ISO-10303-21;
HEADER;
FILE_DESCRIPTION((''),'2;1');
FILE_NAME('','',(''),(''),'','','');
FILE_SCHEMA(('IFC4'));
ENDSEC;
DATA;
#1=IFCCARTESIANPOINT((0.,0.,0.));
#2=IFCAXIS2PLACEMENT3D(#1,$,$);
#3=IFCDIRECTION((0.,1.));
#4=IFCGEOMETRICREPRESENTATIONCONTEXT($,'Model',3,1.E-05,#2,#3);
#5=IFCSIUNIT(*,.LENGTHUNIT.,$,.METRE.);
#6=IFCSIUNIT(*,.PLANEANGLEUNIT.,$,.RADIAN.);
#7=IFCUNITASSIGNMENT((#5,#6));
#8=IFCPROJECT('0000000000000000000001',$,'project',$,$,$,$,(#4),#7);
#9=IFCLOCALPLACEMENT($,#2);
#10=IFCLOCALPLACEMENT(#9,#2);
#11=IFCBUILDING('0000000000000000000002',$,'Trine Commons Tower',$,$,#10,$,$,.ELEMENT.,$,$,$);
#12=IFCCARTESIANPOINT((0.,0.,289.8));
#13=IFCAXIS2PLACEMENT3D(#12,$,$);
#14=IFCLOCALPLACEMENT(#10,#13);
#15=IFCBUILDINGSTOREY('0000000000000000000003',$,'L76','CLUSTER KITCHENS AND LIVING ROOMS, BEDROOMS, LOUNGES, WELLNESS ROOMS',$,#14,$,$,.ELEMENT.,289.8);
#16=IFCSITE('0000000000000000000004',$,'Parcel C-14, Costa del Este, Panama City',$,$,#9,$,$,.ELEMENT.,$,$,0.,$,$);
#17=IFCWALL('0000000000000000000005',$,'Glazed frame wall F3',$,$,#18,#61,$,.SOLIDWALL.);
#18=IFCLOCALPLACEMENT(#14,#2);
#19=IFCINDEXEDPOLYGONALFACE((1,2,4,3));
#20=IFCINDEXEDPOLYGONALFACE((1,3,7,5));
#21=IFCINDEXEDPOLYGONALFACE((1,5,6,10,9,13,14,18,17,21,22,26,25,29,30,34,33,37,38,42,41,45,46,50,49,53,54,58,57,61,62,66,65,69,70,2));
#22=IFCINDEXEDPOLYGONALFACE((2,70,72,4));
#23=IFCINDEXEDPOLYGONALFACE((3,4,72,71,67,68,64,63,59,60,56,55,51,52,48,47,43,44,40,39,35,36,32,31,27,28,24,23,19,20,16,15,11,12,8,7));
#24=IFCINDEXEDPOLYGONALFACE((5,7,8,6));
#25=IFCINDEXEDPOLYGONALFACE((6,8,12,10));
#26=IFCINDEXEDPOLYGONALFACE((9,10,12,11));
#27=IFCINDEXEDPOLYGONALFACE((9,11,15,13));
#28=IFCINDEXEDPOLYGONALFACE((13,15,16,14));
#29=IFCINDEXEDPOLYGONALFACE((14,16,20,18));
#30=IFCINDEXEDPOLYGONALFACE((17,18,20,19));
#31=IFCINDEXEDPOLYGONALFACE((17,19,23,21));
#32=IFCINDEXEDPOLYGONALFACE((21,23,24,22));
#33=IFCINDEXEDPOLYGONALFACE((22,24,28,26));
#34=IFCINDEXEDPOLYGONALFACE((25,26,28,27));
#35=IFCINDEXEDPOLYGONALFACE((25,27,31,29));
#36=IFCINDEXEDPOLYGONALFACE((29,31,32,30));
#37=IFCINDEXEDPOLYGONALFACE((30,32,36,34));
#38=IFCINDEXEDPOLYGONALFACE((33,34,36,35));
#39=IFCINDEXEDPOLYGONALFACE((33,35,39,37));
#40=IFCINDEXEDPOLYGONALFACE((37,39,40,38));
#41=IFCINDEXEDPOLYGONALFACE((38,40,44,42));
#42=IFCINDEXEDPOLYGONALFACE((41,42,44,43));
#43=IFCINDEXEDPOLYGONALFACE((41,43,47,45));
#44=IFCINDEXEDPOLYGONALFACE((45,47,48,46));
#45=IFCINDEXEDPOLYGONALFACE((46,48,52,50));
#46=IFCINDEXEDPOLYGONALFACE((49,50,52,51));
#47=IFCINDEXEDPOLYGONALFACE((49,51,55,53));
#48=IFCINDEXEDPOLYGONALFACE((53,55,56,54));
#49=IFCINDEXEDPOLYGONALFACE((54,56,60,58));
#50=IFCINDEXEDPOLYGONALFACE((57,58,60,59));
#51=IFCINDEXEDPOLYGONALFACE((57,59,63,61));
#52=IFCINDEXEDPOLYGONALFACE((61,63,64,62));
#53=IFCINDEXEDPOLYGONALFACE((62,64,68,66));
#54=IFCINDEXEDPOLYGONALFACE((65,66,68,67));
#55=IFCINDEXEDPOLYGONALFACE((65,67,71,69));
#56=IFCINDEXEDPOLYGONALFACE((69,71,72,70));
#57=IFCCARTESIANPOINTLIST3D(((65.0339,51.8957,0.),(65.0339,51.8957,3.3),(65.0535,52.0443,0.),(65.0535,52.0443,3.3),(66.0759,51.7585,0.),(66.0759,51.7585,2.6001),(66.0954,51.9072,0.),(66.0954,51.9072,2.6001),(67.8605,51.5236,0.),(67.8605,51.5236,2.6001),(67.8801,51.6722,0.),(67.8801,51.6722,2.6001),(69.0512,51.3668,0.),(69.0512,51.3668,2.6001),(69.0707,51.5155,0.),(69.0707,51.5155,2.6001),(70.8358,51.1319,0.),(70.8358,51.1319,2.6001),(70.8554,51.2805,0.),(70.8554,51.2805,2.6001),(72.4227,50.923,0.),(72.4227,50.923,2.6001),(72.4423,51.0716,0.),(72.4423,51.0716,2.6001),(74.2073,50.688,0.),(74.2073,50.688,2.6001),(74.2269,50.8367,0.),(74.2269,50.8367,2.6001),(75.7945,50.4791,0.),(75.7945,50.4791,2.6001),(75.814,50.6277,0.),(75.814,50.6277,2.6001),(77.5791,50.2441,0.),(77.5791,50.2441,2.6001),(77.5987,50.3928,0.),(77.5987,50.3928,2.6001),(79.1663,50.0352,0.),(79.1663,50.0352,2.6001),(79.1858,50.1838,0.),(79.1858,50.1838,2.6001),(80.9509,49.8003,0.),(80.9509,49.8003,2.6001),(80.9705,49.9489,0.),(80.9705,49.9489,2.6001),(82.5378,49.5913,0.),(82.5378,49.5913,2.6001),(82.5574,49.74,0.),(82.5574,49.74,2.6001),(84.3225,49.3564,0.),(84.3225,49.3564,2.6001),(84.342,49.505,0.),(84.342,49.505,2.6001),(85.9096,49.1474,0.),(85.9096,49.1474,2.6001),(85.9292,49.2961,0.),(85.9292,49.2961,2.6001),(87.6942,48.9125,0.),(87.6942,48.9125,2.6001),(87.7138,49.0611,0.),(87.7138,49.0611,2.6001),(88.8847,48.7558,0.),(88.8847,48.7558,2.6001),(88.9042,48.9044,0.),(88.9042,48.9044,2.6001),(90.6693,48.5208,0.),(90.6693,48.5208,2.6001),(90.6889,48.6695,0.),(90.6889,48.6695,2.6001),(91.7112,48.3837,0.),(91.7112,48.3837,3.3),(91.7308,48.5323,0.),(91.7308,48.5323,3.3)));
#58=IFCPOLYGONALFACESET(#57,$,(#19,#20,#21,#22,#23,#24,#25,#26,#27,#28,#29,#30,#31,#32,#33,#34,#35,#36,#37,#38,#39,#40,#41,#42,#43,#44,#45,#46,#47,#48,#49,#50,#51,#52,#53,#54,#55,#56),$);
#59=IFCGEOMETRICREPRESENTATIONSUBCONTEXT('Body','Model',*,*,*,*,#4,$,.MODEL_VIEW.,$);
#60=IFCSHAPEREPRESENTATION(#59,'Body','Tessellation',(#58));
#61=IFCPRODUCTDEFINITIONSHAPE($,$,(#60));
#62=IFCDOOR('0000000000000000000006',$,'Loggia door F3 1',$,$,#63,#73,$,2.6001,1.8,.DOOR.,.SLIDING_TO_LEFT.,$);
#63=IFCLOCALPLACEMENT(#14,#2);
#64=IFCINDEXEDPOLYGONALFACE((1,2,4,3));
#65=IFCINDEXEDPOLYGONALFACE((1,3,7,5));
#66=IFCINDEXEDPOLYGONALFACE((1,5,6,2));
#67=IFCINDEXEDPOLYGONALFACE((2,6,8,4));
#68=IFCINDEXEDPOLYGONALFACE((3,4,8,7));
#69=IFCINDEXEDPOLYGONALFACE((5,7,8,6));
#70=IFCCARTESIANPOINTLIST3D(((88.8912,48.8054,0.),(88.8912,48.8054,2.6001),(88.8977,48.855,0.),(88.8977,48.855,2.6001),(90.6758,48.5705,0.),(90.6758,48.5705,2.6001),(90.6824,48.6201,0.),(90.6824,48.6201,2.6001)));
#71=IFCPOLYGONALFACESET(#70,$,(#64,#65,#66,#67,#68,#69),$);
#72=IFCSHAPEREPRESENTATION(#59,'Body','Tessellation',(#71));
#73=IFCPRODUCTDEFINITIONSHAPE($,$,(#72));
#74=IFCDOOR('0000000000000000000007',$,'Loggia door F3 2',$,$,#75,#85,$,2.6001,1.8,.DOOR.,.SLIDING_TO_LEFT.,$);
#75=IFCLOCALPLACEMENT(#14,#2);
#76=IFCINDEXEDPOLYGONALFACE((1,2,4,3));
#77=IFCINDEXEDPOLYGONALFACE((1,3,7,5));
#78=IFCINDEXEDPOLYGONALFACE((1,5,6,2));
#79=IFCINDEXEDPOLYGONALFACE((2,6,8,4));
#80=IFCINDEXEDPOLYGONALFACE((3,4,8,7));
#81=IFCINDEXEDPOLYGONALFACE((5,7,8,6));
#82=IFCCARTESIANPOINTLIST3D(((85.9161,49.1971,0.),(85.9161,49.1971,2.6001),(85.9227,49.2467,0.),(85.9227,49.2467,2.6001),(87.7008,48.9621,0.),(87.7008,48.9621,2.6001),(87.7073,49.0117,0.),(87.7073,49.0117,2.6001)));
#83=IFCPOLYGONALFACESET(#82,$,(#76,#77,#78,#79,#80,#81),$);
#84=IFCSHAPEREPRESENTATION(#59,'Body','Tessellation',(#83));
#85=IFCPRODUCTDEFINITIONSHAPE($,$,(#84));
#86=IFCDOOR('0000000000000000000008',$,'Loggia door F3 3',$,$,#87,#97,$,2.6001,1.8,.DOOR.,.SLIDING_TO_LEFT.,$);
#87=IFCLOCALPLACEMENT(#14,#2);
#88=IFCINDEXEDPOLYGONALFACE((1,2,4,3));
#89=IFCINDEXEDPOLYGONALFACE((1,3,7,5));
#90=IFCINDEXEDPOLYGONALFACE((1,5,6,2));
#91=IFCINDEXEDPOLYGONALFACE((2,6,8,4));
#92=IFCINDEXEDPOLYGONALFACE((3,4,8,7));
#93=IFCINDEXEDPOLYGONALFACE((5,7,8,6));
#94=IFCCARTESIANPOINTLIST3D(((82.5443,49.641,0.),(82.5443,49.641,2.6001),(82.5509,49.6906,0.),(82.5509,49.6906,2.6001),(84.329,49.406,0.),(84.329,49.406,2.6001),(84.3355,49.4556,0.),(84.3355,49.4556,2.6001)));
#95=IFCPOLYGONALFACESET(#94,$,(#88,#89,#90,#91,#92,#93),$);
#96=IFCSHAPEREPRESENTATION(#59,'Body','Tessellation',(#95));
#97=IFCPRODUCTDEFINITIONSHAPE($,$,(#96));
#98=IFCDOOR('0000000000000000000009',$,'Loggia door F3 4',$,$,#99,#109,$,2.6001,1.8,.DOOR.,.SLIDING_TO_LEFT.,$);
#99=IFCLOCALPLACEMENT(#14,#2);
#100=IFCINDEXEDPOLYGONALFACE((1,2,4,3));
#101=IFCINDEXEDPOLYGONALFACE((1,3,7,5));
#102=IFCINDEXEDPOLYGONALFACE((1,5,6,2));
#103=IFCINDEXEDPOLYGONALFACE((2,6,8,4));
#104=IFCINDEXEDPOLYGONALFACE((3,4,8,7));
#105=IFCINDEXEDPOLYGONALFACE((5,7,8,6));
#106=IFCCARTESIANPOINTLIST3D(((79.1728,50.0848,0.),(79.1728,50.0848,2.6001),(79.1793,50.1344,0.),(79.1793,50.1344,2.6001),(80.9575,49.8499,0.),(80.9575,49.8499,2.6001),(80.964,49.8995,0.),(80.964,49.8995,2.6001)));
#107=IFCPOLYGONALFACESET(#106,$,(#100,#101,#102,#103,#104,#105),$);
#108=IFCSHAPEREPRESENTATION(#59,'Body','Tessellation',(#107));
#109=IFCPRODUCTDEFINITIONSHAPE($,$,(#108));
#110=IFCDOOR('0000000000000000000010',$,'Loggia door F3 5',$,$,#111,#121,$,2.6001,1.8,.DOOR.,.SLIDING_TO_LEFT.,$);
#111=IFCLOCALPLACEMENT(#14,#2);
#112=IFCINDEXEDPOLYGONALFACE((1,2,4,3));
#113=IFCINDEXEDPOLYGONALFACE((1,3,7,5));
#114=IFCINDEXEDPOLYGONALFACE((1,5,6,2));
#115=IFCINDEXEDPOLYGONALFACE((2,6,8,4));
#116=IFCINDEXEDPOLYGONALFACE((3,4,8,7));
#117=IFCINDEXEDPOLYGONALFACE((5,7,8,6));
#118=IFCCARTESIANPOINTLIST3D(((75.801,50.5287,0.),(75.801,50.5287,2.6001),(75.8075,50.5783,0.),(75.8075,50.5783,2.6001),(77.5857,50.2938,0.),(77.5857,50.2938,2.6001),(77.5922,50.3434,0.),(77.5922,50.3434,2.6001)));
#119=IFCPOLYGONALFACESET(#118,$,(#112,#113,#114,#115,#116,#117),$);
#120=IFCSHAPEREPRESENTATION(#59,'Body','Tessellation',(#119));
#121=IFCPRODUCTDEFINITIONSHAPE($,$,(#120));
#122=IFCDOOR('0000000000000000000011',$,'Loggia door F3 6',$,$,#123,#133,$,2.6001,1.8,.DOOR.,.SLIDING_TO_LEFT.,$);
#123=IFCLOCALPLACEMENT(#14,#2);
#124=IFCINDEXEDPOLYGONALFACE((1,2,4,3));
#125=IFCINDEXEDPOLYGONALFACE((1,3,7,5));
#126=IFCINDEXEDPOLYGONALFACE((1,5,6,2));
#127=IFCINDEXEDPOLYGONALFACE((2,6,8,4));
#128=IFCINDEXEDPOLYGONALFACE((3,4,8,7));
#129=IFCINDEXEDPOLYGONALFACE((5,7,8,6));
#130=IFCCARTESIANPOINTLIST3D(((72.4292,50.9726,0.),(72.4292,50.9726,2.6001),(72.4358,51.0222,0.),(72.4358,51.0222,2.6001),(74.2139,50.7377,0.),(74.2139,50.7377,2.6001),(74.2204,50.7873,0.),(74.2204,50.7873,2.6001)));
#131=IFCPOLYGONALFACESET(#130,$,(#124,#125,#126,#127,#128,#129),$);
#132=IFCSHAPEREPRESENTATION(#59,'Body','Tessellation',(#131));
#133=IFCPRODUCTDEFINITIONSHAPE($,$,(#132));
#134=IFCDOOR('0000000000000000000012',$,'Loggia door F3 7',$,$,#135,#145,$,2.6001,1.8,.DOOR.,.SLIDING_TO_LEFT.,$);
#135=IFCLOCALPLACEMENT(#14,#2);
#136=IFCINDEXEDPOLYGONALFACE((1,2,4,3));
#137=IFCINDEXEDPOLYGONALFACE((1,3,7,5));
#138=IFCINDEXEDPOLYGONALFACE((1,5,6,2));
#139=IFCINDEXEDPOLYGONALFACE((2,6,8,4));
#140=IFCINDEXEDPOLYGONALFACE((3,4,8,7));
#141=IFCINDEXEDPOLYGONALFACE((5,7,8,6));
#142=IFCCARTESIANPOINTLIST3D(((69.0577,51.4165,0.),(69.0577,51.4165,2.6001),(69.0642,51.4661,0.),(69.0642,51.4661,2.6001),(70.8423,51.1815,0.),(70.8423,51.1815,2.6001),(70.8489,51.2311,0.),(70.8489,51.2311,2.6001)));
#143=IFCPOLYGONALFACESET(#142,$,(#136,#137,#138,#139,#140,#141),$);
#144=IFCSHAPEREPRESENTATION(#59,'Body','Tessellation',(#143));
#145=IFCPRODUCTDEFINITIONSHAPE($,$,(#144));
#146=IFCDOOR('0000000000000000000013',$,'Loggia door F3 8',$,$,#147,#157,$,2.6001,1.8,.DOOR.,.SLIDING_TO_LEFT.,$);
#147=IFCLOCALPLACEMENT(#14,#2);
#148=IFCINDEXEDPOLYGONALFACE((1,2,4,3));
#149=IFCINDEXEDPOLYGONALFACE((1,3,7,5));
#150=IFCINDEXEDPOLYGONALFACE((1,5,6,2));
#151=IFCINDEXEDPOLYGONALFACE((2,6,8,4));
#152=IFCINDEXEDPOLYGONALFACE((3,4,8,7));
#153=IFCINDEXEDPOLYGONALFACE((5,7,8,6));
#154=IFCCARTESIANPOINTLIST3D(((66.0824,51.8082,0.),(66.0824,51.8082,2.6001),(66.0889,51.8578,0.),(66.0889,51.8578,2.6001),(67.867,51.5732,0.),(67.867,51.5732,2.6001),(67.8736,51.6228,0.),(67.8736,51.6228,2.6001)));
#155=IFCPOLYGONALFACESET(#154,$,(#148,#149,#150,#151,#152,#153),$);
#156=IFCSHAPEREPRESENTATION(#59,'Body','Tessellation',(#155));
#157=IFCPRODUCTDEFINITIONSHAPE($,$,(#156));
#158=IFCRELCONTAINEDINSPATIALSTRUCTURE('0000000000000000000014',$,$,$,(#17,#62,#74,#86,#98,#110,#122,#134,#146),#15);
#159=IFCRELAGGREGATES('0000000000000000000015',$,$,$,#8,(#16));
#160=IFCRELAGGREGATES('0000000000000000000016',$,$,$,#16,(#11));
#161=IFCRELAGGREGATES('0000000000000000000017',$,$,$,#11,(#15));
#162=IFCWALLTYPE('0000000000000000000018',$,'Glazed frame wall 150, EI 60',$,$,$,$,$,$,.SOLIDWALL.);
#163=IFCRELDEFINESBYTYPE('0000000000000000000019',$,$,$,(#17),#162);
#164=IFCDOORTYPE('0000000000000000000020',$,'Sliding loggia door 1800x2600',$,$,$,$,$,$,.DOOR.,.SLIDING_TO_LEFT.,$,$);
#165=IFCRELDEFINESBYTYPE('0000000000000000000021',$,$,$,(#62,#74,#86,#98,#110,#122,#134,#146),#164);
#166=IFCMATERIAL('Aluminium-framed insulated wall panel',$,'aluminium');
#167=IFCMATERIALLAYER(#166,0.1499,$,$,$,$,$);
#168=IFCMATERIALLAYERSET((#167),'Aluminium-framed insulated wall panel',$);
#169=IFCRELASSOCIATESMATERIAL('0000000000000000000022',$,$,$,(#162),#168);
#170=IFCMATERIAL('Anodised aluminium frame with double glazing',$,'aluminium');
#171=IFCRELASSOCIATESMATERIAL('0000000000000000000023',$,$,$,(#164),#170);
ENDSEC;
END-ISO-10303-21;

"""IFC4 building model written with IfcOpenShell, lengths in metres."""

from ifc_helpers import new_model, si_unit, direction, frame, frame_2d, origin, place, context, subcontext, project, spatial, polyline, rectangle, outline, extrude, material, layer, layer_set, type_object, element, fill, save


model = new_model("IFC4")

# Units and contexts
model_context = context("Model", 3, precision=1e-05, world=origin(), true_north=direction((0.0, 1.0)))
body_context = subcontext(model_context, "Body", "Model", "MODEL_VIEW")
ifc_project = project(units=[si_unit("LENGTHUNIT", "METRE"), si_unit("PLANEANGLEUNIT", "RADIAN")], contexts=[model_context])

# Site, building, storey
site_placement = place(None, origin())
site = spatial("IfcSite", under=ifc_project, at=site_placement, Name="Parcel C-14, Costa del Este, Panama City", CompositionType="ELEMENT", RefElevation=0.0)
building_placement = place(site_placement, origin())
building = spatial("IfcBuilding", under=site, at=building_placement, Name="Trine Commons Tower", CompositionType="ELEMENT")
storey_placement = place(building_placement, frame((0.0, 0.0, 289.8)))
storey = spatial("IfcBuildingStorey", under=building, at=storey_placement, Name="L76", Description="CLUSTER KITCHENS AND LIVING ROOMS, BEDROOMS, LOUNGES, WELLNESS ROOMS", CompositionType="ELEMENT", Elevation=289.8)

# Shared definitions
ifc_material_1 = material(Name="Aluminium-framed insulated wall panel", Category="aluminium")
ifc_layer_1 = layer(ifc_material_1, 0.1499)
ifc_layer_set_1 = layer_set([ifc_layer_1], Name="Aluminium-framed insulated wall panel")
wall_type_1 = type_object("IfcWallType", Name="Glazed frame wall 150, EI 60", PredefinedType="SOLIDWALL", material=ifc_layer_set_1)

# Shared definitions
ifc_material_2 = material(Name="Anodised aluminium frame with double glazing", Category="aluminium")
door_type = type_object("IfcDoorType", Name="Sliding loggia door 1800x2600", OperationType="SLIDING_TO_LEFT", PredefinedType="DOOR", material=ifc_material_2)

# Wall, openings, doors
wall_1_placement = place(storey_placement, frame((91.8691, 48.4385, 0.0), z_axis=(0.0, 0.0, 1.0), x_axis=(-0.991445, 0.130523, 0.0)))
wall_1 = element("IfcWall", 1, at=wall_1_placement, inside=storey, type_object=wall_type_1, Name="Glazed frame wall F3", PredefinedType="SOLIDWALL", context=body_context, shape_type="SweptSolid", body=[
    extrude(outline(polyline([(0.1494, 0.075), (0.1494, -0.075), (27.0569, -0.075), (27.0569, 0.075), (0.1494, 0.075)])), origin(), (0.0, 0.0, 1.0), 3.3),
])
opening_1_placement = place(wall_1_placement, frame((1.2004, 0.0, 0.0)))
opening_1 = element("IfcOpeningElement", 2, at=opening_1_placement, cuts=wall_1, PredefinedType="OPENING", context=body_context, shape_type="SweptSolid", body=[
    extrude(rectangle(XDim=1.8, YDim=2.6001, at=frame_2d((0.8999, 1.3))), frame((0.0, 0.085, 0.0), z_axis=(0.0, -1.0, 0.0), x_axis=(1.0, 0.0, 0.0)), (0.0, 0.0, 1.0), 0.1699),
])
opening_2_placement = place(wall_1_placement, frame((4.2012, 0.0, 0.0)))
opening_2 = element("IfcOpeningElement", 3, at=opening_2_placement, cuts=wall_1, PredefinedType="OPENING", context=body_context, shape_type="SweptSolid", body=[
    extrude(rectangle(XDim=1.8, YDim=2.6001, at=frame_2d((0.8999, 1.3))), frame((0.0, 0.085, 0.0), z_axis=(0.0, -1.0, 0.0), x_axis=(1.0, 0.0, 0.0)), (0.0, 0.0, 1.0), 0.1699),
])
opening_3_placement = place(wall_1_placement, frame((7.6021, 0.0, 0.0)))
opening_3 = element("IfcOpeningElement", 4, at=opening_3_placement, cuts=wall_1, PredefinedType="OPENING", context=body_context, shape_type="SweptSolid", body=[
    extrude(rectangle(XDim=1.8, YDim=2.6001, at=frame_2d((0.8999, 1.3))), frame((0.0, 0.085, 0.0), z_axis=(0.0, -1.0, 0.0), x_axis=(1.0, 0.0, 0.0)), (0.0, 0.0, 1.0), 0.1699),
])
opening_4_placement = place(wall_1_placement, frame((11.0027, 0.0, 0.0)))
opening_4 = element("IfcOpeningElement", 5, at=opening_4_placement, cuts=wall_1, PredefinedType="OPENING", context=body_context, shape_type="SweptSolid", body=[
    extrude(rectangle(XDim=1.8, YDim=2.6001, at=frame_2d((0.8999, 1.3))), frame((0.0, 0.085, 0.0), z_axis=(0.0, -1.0, 0.0), x_axis=(1.0, 0.0, 0.0)), (0.0, 0.0, 1.0), 0.1699),
])
opening_5_placement = place(wall_1_placement, frame((14.4036, 0.0, 0.0)))
opening_5 = element("IfcOpeningElement", 6, at=opening_5_placement, cuts=wall_1, PredefinedType="OPENING", context=body_context, shape_type="SweptSolid", body=[
    extrude(rectangle(XDim=1.8, YDim=2.6001, at=frame_2d((0.8999, 1.3))), frame((0.0, 0.085, 0.0), z_axis=(0.0, -1.0, 0.0), x_axis=(1.0, 0.0, 0.0)), (0.0, 0.0, 1.0), 0.1699),
])
opening_6_placement = place(wall_1_placement, frame((17.8044, 0.0, 0.0)))
opening_6 = element("IfcOpeningElement", 7, at=opening_6_placement, cuts=wall_1, PredefinedType="OPENING", context=body_context, shape_type="SweptSolid", body=[
    extrude(rectangle(XDim=1.8, YDim=2.6001, at=frame_2d((0.8999, 1.3))), frame((0.0, 0.085, 0.0), z_axis=(0.0, -1.0, 0.0), x_axis=(1.0, 0.0, 0.0)), (0.0, 0.0, 1.0), 0.1699),
])
opening_7_placement = place(wall_1_placement, frame((21.2051, 0.0, 0.0)))
opening_7 = element("IfcOpeningElement", 8, at=opening_7_placement, cuts=wall_1, PredefinedType="OPENING", context=body_context, shape_type="SweptSolid", body=[
    extrude(rectangle(XDim=1.8, YDim=2.6001, at=frame_2d((0.8999, 1.3))), frame((0.0, 0.085, 0.0), z_axis=(0.0, -1.0, 0.0), x_axis=(1.0, 0.0, 0.0)), (0.0, 0.0, 1.0), 0.1699),
])
opening_8_placement = place(wall_1_placement, frame((24.2061, 0.0, 0.0)))
opening_8 = element("IfcOpeningElement", 9, at=opening_8_placement, cuts=wall_1, PredefinedType="OPENING", context=body_context, shape_type="SweptSolid", body=[
    extrude(rectangle(XDim=1.8, YDim=2.6001, at=frame_2d((0.8999, 1.3))), frame((0.0, 0.085, 0.0), z_axis=(0.0, -1.0, 0.0), x_axis=(1.0, 0.0, 0.0)), (0.0, 0.0, 1.0), 0.1699),
])
door_1_placement = place(opening_1_placement, origin())
door_1 = element("IfcDoor", 10, at=door_1_placement, inside=storey, type_object=door_type, Name="Loggia door F3 1", OperationType="SLIDING_TO_LEFT", OverallHeight=2.6001, OverallWidth=1.8, PredefinedType="DOOR", context=body_context, shape_type="SweptSolid", body=[
    extrude(rectangle(XDim=1.8, YDim=2.6001, at=frame_2d((0.8999, 1.3))), frame((0.0, 0.0249, 0.0), z_axis=(0.0, -1.0, 0.0), x_axis=(1.0, 0.0, 0.0)), (0.0, 0.0, 1.0), 0.05),
])
fill(opening_1, door_1)
door_2_placement = place(opening_2_placement, origin())
door_2 = element("IfcDoor", 11, at=door_2_placement, inside=storey, type_object=door_type, Name="Loggia door F3 2", OperationType="SLIDING_TO_LEFT", OverallHeight=2.6001, OverallWidth=1.8, PredefinedType="DOOR", context=body_context, shape_type="SweptSolid", body=[
    extrude(rectangle(XDim=1.8, YDim=2.6001, at=frame_2d((0.8999, 1.3))), frame((0.0, 0.0249, 0.0), z_axis=(0.0, -1.0, 0.0), x_axis=(1.0, 0.0, 0.0)), (0.0, 0.0, 1.0), 0.05),
])
fill(opening_2, door_2)
door_3_placement = place(opening_3_placement, origin())
door_3 = element("IfcDoor", 12, at=door_3_placement, inside=storey, type_object=door_type, Name="Loggia door F3 3", OperationType="SLIDING_TO_LEFT", OverallHeight=2.6001, OverallWidth=1.8, PredefinedType="DOOR", context=body_context, shape_type="SweptSolid", body=[
    extrude(rectangle(XDim=1.8, YDim=2.6001, at=frame_2d((0.8999, 1.3))), frame((0.0, 0.0249, 0.0), z_axis=(0.0, -1.0, 0.0), x_axis=(1.0, 0.0, 0.0)), (0.0, 0.0, 1.0), 0.05),
])
fill(opening_3, door_3)
door_4_placement = place(opening_4_placement, origin())
door_4 = element("IfcDoor", 13, at=door_4_placement, inside=storey, type_object=door_type, Name="Loggia door F3 4", OperationType="SLIDING_TO_LEFT", OverallHeight=2.6001, OverallWidth=1.8, PredefinedType="DOOR", context=body_context, shape_type="SweptSolid", body=[
    extrude(rectangle(XDim=1.8, YDim=2.6001, at=frame_2d((0.8999, 1.3))), frame((0.0, 0.0249, 0.0), z_axis=(0.0, -1.0, 0.0), x_axis=(1.0, 0.0, 0.0)), (0.0, 0.0, 1.0), 0.05),
])
fill(opening_4, door_4)
door_5_placement = place(opening_5_placement, origin())
door_5 = element("IfcDoor", 14, at=door_5_placement, inside=storey, type_object=door_type, Name="Loggia door F3 5", OperationType="SLIDING_TO_LEFT", OverallHeight=2.6001, OverallWidth=1.8, PredefinedType="DOOR", context=body_context, shape_type="SweptSolid", body=[
    extrude(rectangle(XDim=1.8, YDim=2.6001, at=frame_2d((0.8999, 1.3))), frame((0.0, 0.0249, 0.0), z_axis=(0.0, -1.0, 0.0), x_axis=(1.0, 0.0, 0.0)), (0.0, 0.0, 1.0), 0.05),
])
fill(opening_5, door_5)
door_6_placement = place(opening_6_placement, origin())
door_6 = element("IfcDoor", 15, at=door_6_placement, inside=storey, type_object=door_type, Name="Loggia door F3 6", OperationType="SLIDING_TO_LEFT", OverallHeight=2.6001, OverallWidth=1.8, PredefinedType="DOOR", context=body_context, shape_type="SweptSolid", body=[
    extrude(rectangle(XDim=1.8, YDim=2.6001, at=frame_2d((0.8999, 1.3))), frame((0.0, 0.0249, 0.0), z_axis=(0.0, -1.0, 0.0), x_axis=(1.0, 0.0, 0.0)), (0.0, 0.0, 1.0), 0.05),
])
fill(opening_6, door_6)
door_7_placement = place(opening_7_placement, origin())
door_7 = element("IfcDoor", 16, at=door_7_placement, inside=storey, type_object=door_type, Name="Loggia door F3 7", OperationType="SLIDING_TO_LEFT", OverallHeight=2.6001, OverallWidth=1.8, PredefinedType="DOOR", context=body_context, shape_type="SweptSolid", body=[
    extrude(rectangle(XDim=1.8, YDim=2.6001, at=frame_2d((0.8999, 1.3))), frame((0.0, 0.0249, 0.0), z_axis=(0.0, -1.0, 0.0), x_axis=(1.0, 0.0, 0.0)), (0.0, 0.0, 1.0), 0.05),
])
fill(opening_7, door_7)
door_8_placement = place(opening_8_placement, origin())
door_8 = element("IfcDoor", 17, at=door_8_placement, inside=storey, type_object=door_type, Name="Loggia door F3 8", OperationType="SLIDING_TO_LEFT", OverallHeight=2.6001, OverallWidth=1.8, PredefinedType="DOOR", context=body_context, shape_type="SweptSolid", body=[
    extrude(rectangle(XDim=1.8, YDim=2.6001, at=frame_2d((0.8999, 1.3))), frame((0.0, 0.0249, 0.0), z_axis=(0.0, -1.0, 0.0), x_axis=(1.0, 0.0, 0.0)), (0.0, 0.0, 1.0), 0.05),
])
fill(opening_8, door_8)

save(model, "model.ifc")
